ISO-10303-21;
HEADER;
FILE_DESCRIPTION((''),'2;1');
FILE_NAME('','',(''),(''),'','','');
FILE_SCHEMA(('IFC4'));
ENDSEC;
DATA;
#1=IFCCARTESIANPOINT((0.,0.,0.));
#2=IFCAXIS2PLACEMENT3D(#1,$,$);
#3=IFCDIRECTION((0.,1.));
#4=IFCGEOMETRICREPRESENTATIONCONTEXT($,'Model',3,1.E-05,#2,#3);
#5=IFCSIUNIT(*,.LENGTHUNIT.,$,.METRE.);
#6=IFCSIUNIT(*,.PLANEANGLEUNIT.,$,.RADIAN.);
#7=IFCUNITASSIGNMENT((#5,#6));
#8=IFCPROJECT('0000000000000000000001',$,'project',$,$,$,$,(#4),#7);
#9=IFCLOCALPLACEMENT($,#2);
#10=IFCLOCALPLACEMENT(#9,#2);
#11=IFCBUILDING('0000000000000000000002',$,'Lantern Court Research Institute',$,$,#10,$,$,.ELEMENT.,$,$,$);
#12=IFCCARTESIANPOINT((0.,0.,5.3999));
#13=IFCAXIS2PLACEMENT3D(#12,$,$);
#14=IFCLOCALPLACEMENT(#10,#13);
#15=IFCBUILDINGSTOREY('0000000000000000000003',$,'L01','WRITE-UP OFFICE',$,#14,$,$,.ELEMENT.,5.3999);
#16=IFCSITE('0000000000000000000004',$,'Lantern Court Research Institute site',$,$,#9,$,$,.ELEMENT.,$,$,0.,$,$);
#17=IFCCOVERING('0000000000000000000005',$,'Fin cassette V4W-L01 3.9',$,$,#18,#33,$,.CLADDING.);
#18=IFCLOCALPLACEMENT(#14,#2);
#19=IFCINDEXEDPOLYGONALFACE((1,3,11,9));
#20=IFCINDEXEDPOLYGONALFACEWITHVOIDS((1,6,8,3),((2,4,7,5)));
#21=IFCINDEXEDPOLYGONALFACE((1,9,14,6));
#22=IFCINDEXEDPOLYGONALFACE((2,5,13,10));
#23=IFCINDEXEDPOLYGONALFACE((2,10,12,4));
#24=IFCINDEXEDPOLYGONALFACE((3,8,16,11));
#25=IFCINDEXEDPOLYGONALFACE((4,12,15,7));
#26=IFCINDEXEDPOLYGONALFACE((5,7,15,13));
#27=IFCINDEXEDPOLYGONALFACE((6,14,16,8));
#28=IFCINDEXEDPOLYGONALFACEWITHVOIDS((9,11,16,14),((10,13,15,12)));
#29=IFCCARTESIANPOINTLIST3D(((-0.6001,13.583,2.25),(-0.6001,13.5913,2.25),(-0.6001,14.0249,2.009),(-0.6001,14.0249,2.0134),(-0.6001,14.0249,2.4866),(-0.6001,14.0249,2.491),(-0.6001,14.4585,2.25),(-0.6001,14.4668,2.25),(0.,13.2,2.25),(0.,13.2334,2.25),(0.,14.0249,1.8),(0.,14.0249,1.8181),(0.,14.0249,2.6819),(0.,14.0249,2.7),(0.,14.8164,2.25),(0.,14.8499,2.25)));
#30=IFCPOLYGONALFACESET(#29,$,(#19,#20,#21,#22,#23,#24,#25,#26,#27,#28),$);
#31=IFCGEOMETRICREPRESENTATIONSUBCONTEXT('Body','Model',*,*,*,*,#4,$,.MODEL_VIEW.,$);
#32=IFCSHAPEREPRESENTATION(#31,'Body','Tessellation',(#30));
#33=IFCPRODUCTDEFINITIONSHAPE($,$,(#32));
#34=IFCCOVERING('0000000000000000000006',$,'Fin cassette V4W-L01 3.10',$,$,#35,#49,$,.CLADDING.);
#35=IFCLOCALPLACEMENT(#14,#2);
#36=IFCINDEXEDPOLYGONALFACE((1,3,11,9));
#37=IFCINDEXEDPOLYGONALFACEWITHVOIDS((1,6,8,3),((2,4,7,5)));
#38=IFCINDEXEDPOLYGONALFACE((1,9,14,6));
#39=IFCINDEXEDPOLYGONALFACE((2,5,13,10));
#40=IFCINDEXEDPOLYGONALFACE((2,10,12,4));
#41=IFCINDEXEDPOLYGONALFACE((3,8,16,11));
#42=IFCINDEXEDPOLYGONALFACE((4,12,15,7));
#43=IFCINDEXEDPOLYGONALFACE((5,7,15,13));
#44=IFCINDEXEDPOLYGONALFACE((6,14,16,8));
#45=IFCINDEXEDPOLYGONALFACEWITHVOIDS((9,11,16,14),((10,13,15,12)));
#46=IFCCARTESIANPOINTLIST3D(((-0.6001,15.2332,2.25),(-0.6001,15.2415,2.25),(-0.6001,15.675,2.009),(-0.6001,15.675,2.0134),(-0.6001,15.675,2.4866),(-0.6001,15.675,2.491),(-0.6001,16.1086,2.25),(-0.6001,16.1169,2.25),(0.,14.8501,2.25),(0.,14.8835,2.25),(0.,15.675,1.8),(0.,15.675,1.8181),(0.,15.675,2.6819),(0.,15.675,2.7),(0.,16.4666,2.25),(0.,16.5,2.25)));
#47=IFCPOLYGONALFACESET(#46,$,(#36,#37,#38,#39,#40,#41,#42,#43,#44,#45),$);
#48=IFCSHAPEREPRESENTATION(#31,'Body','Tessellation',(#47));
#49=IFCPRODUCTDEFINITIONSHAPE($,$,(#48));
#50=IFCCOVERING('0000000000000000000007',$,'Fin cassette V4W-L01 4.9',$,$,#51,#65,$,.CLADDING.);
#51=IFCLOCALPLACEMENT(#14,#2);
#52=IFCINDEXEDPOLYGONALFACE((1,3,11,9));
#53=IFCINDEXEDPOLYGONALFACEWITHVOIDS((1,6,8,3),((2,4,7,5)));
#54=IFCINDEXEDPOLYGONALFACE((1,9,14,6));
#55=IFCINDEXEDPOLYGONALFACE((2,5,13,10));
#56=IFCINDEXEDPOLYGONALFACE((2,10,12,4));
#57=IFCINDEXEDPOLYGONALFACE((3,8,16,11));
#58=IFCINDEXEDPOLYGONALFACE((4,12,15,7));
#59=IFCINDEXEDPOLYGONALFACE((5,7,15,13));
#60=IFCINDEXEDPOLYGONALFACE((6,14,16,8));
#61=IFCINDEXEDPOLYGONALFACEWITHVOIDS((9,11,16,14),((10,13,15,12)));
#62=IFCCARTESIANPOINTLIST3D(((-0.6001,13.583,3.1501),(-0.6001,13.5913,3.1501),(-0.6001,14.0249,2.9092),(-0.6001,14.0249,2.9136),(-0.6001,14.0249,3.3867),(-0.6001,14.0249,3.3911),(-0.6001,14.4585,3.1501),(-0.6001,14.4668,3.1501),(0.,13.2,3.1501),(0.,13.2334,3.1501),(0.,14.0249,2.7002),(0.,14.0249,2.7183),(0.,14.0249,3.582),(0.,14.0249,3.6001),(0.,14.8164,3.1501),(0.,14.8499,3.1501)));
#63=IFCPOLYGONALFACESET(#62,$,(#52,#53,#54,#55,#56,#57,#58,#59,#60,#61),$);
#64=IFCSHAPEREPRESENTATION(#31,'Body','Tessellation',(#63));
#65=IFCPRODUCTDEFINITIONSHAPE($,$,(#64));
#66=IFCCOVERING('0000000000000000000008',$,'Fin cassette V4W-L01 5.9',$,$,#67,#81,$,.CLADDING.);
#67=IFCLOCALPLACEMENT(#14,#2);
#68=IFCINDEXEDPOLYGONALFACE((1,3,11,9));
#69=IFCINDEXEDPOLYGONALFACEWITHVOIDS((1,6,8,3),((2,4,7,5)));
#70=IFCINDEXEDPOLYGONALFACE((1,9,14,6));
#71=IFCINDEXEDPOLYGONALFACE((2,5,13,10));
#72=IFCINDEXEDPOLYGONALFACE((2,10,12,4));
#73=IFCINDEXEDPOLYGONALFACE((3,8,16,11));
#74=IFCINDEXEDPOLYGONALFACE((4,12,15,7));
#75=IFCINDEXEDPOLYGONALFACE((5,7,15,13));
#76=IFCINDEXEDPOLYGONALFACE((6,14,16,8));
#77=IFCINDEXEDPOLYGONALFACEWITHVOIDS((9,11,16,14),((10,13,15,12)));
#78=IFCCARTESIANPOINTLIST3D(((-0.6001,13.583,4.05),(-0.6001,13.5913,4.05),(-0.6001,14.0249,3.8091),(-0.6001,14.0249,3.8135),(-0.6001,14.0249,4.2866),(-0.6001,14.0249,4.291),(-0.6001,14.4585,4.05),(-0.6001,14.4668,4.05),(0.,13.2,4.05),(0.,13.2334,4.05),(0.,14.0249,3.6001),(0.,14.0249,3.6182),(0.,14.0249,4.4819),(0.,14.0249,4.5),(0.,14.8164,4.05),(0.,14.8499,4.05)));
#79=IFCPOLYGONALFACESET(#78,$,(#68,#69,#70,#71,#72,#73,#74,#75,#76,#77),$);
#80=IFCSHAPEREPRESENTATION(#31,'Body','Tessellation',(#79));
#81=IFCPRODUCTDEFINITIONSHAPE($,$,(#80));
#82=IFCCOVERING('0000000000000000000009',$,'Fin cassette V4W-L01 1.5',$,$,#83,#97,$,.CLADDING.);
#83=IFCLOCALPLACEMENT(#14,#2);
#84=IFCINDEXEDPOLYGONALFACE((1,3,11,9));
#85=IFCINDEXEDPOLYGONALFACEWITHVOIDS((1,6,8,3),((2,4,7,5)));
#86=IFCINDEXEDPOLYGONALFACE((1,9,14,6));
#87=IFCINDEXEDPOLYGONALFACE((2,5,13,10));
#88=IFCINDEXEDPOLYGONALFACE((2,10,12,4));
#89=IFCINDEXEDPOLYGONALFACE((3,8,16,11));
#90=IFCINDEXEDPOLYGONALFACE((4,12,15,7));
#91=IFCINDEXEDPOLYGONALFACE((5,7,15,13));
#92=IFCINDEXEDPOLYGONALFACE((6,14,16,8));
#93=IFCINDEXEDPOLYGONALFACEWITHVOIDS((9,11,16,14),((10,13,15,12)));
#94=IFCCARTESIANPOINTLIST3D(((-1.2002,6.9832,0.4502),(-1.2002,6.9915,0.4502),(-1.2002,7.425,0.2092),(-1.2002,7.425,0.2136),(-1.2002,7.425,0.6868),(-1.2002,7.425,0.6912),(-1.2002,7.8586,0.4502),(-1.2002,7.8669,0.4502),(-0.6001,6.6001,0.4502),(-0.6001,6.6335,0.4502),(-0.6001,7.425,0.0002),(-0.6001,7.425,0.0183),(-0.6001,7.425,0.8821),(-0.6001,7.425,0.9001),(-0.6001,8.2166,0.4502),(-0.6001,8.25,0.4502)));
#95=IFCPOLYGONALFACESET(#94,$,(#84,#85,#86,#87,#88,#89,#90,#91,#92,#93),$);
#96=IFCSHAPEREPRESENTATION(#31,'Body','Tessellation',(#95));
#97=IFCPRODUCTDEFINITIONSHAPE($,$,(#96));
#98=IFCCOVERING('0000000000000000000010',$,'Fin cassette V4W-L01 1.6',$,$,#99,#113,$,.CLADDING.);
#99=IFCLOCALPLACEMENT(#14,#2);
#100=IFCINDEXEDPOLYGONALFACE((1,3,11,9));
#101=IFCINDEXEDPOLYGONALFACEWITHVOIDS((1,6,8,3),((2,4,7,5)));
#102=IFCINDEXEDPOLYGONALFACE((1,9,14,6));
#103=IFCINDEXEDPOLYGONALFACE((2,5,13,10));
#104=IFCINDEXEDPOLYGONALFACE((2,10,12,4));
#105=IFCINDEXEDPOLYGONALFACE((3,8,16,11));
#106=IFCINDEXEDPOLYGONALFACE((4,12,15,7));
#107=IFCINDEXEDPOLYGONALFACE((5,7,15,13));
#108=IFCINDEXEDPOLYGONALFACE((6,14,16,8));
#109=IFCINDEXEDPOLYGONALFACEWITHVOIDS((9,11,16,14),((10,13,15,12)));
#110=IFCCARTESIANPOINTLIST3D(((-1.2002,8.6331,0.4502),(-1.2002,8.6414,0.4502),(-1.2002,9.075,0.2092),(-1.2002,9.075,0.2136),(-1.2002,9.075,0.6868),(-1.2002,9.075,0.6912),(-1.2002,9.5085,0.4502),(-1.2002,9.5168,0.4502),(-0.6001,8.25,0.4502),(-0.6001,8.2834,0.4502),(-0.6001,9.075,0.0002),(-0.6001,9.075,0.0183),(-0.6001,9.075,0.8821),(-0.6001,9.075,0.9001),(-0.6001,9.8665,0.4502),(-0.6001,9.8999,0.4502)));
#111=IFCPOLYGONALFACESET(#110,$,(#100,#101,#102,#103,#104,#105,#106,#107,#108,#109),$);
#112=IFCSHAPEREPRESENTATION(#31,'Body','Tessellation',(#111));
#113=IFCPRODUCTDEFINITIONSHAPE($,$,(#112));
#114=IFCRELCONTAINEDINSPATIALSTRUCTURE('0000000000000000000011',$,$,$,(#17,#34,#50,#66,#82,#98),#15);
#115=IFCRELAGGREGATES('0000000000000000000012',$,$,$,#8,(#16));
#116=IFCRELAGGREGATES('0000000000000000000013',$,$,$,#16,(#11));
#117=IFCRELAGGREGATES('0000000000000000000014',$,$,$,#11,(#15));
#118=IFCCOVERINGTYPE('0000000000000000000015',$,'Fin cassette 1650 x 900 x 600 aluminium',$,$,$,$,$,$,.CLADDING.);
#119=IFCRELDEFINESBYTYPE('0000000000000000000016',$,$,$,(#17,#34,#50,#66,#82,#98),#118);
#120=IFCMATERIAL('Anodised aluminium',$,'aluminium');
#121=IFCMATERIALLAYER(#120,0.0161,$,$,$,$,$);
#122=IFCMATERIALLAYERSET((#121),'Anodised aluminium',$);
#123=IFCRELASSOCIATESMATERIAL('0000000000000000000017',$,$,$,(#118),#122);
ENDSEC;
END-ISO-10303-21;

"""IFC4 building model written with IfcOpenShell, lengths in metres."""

from ifc_helpers import new_model, entity, si_unit, direction, frame, origin, place, context, subcontext, project, spatial, material, layer, layer_set, type_object, element, save


model = new_model("IFC4")

# Units and contexts
model_context = context("Model", 3, precision=1e-05, world=origin(), true_north=direction((0.0, 1.0)))
body_context = subcontext(model_context, "Body", "Model", "MODEL_VIEW")
ifc_project = project(units=[si_unit("LENGTHUNIT", "METRE"), si_unit("PLANEANGLEUNIT", "RADIAN")], contexts=[model_context])

# Site, building, storey
site_placement = place(None, origin())
site = spatial("IfcSite", under=ifc_project, at=site_placement, Name="Lantern Court Research Institute site", CompositionType="ELEMENT", RefElevation=0.0)
building_placement = place(site_placement, origin())
building = spatial("IfcBuilding", under=site, at=building_placement, Name="Lantern Court Research Institute", CompositionType="ELEMENT")
storey_placement = place(building_placement, frame((0.0, 0.0, 5.3999)))
storey = spatial("IfcBuildingStorey", under=building, at=storey_placement, Name="L01", Description="WRITE-UP OFFICE", CompositionType="ELEMENT", Elevation=5.3999)

# Coverings
ifc_material_1 = material(Name="Anodised aluminium", Category="aluminium")
ifc_layer_1 = layer(ifc_material_1, 0.0161)
ifc_layer_set_1 = layer_set([ifc_layer_1], Name="Anodised aluminium")
covering_type = type_object("IfcCoveringType", Name="Fin cassette 1650 x 900 x 600 aluminium", PredefinedType="CLADDING", material=ifc_layer_set_1)
covering_1_placement = place(storey_placement, frame((0.0, 14.0249, 2.25), z_axis=(-1.0, 0.0, 0.0), x_axis=(0.0, -1.0, 0.0)))
cartesian_point_1 = entity("IfcCartesianPoint", [0.825, 0.0])
cartesian_point_2 = entity("IfcCartesianPoint", [0.7915, 0.0])
cartesian_point_3 = entity("IfcCartesianPoint", [0.4419, 0.0])
cartesian_point_4 = entity("IfcCartesianPoint", [0.4336, 0.0])
element("IfcCovering", 1, at=covering_1_placement, inside=storey, type_object=covering_type, Name="Fin cassette V4W-L01 3.9", PredefinedType="CLADDING", context=body_context, shape_type="SweptSolid", body=[
    entity("IfcExtrudedAreaSolidTapered", entity("IfcArbitraryProfileDefWithVoids", "AREA", None, entity("IfcPolyline", [cartesian_point_1, entity("IfcCartesianPoint", [0.0, 0.45]), entity("IfcCartesianPoint", [-0.825, 0.0]), entity("IfcCartesianPoint", [0.0, -0.45]), cartesian_point_1]), [entity("IfcPolyline", [cartesian_point_2, entity("IfcCartesianPoint", [0.0, 0.4319]), entity("IfcCartesianPoint", [-0.7915, 0.0]), entity("IfcCartesianPoint", [0.0, -0.4319]), cartesian_point_2])]), entity("IfcAxis2Placement3D", entity("IfcCartesianPoint", [0.0, 0.0, 0.0])), entity("IfcDirection", [0.0, 0.0, 1.0]), 0.6001, entity("IfcArbitraryProfileDefWithVoids", "AREA", None, entity("IfcPolyline", [cartesian_point_3, entity("IfcCartesianPoint", [0.0, 0.241]), entity("IfcCartesianPoint", [-0.4419, 0.0]), entity("IfcCartesianPoint", [0.0, -0.241]), cartesian_point_3]), [entity("IfcPolyline", [cartesian_point_4, entity("IfcCartesianPoint", [0.0, 0.2366]), entity("IfcCartesianPoint", [-0.4336, 0.0]), entity("IfcCartesianPoint", [0.0, -0.2366]), cartesian_point_4])])),
])
covering_2_placement = place(storey_placement, frame((0.0, 15.675, 2.25), z_axis=(-1.0, 0.0, 0.0), x_axis=(0.0, -1.0, 0.0)))
cartesian_point_5 = entity("IfcCartesianPoint", [0.825, 0.0])
cartesian_point_6 = entity("IfcCartesianPoint", [0.7915, 0.0])
cartesian_point_7 = entity("IfcCartesianPoint", [0.4419, 0.0])
cartesian_point_8 = entity("IfcCartesianPoint", [0.4336, 0.0])
element("IfcCovering", 2, at=covering_2_placement, inside=storey, type_object=covering_type, Name="Fin cassette V4W-L01 3.10", PredefinedType="CLADDING", context=body_context, shape_type="SweptSolid", body=[
    entity("IfcExtrudedAreaSolidTapered", entity("IfcArbitraryProfileDefWithVoids", "AREA", None, entity("IfcPolyline", [cartesian_point_5, entity("IfcCartesianPoint", [0.0, 0.45]), entity("IfcCartesianPoint", [-0.825, 0.0]), entity("IfcCartesianPoint", [0.0, -0.45]), cartesian_point_5]), [entity("IfcPolyline", [cartesian_point_6, entity("IfcCartesianPoint", [0.0, 0.4319]), entity("IfcCartesianPoint", [-0.7915, 0.0]), entity("IfcCartesianPoint", [0.0, -0.4319]), cartesian_point_6])]), entity("IfcAxis2Placement3D", entity("IfcCartesianPoint", [0.0, 0.0, 0.0])), entity("IfcDirection", [0.0, 0.0, 1.0]), 0.6001, entity("IfcArbitraryProfileDefWithVoids", "AREA", None, entity("IfcPolyline", [cartesian_point_7, entity("IfcCartesianPoint", [0.0, 0.241]), entity("IfcCartesianPoint", [-0.4419, 0.0]), entity("IfcCartesianPoint", [0.0, -0.241]), cartesian_point_7]), [entity("IfcPolyline", [cartesian_point_8, entity("IfcCartesianPoint", [0.0, 0.2366]), entity("IfcCartesianPoint", [-0.4336, 0.0]), entity("IfcCartesianPoint", [0.0, -0.2366]), cartesian_point_8])])),
])
covering_3_placement = place(storey_placement, frame((0.0, 14.0249, 3.1501), z_axis=(-1.0, 0.0, 0.0), x_axis=(0.0, -1.0, 0.0)))
cartesian_point_9 = entity("IfcCartesianPoint", [0.825, 0.0])
cartesian_point_10 = entity("IfcCartesianPoint", [0.7915, 0.0])
cartesian_point_11 = entity("IfcCartesianPoint", [0.4419, 0.0])
cartesian_point_12 = entity("IfcCartesianPoint", [0.4336, 0.0])
element("IfcCovering", 3, at=covering_3_placement, inside=storey, type_object=covering_type, Name="Fin cassette V4W-L01 4.9", PredefinedType="CLADDING", context=body_context, shape_type="SweptSolid", body=[
    entity("IfcExtrudedAreaSolidTapered", entity("IfcArbitraryProfileDefWithVoids", "AREA", None, entity("IfcPolyline", [cartesian_point_9, entity("IfcCartesianPoint", [0.0, 0.45]), entity("IfcCartesianPoint", [-0.825, 0.0]), entity("IfcCartesianPoint", [0.0, -0.45]), cartesian_point_9]), [entity("IfcPolyline", [cartesian_point_10, entity("IfcCartesianPoint", [0.0, 0.4319]), entity("IfcCartesianPoint", [-0.7915, 0.0]), entity("IfcCartesianPoint", [0.0, -0.4319]), cartesian_point_10])]), entity("IfcAxis2Placement3D", entity("IfcCartesianPoint", [0.0, 0.0, 0.0])), entity("IfcDirection", [0.0, 0.0, 1.0]), 0.6001, entity("IfcArbitraryProfileDefWithVoids", "AREA", None, entity("IfcPolyline", [cartesian_point_11, entity("IfcCartesianPoint", [0.0, 0.241]), entity("IfcCartesianPoint", [-0.4419, 0.0]), entity("IfcCartesianPoint", [0.0, -0.241]), cartesian_point_11]), [entity("IfcPolyline", [cartesian_point_12, entity("IfcCartesianPoint", [0.0, 0.2366]), entity("IfcCartesianPoint", [-0.4336, 0.0]), entity("IfcCartesianPoint", [0.0, -0.2366]), cartesian_point_12])])),
])
covering_4_placement = place(storey_placement, frame((0.0, 14.0249, 4.05), z_axis=(-1.0, 0.0, 0.0), x_axis=(0.0, -1.0, 0.0)))
cartesian_point_13 = entity("IfcCartesianPoint", [0.825, 0.0])
cartesian_point_14 = entity("IfcCartesianPoint", [0.7915, 0.0])
cartesian_point_15 = entity("IfcCartesianPoint", [0.4419, 0.0])
cartesian_point_16 = entity("IfcCartesianPoint", [0.4336, 0.0])
element("IfcCovering", 4, at=covering_4_placement, inside=storey, type_object=covering_type, Name="Fin cassette V4W-L01 5.9", PredefinedType="CLADDING", context=body_context, shape_type="SweptSolid", body=[
    entity("IfcExtrudedAreaSolidTapered", entity("IfcArbitraryProfileDefWithVoids", "AREA", None, entity("IfcPolyline", [cartesian_point_13, entity("IfcCartesianPoint", [0.0, 0.45]), entity("IfcCartesianPoint", [-0.825, 0.0]), entity("IfcCartesianPoint", [0.0, -0.45]), cartesian_point_13]), [entity("IfcPolyline", [cartesian_point_14, entity("IfcCartesianPoint", [0.0, 0.4319]), entity("IfcCartesianPoint", [-0.7915, 0.0]), entity("IfcCartesianPoint", [0.0, -0.4319]), cartesian_point_14])]), entity("IfcAxis2Placement3D", entity("IfcCartesianPoint", [0.0, 0.0, 0.0])), entity("IfcDirection", [0.0, 0.0, 1.0]), 0.6001, entity("IfcArbitraryProfileDefWithVoids", "AREA", None, entity("IfcPolyline", [cartesian_point_15, entity("IfcCartesianPoint", [0.0, 0.241]), entity("IfcCartesianPoint", [-0.4419, 0.0]), entity("IfcCartesianPoint", [0.0, -0.241]), cartesian_point_15]), [entity("IfcPolyline", [cartesian_point_16, entity("IfcCartesianPoint", [0.0, 0.2366]), entity("IfcCartesianPoint", [-0.4336, 0.0]), entity("IfcCartesianPoint", [0.0, -0.2366]), cartesian_point_16])])),
])
covering_5_placement = place(storey_placement, frame((-0.6001, 7.425, 0.4502), z_axis=(-1.0, 0.0, 0.0), x_axis=(0.0, -1.0, 0.0)))
cartesian_point_17 = entity("IfcCartesianPoint", [0.825, 0.0])
cartesian_point_18 = entity("IfcCartesianPoint", [0.7915, 0.0])
cartesian_point_19 = entity("IfcCartesianPoint", [0.4419, 0.0])
cartesian_point_20 = entity("IfcCartesianPoint", [0.4336, 0.0])
element("IfcCovering", 5, at=covering_5_placement, inside=storey, type_object=covering_type, Name="Fin cassette V4W-L01 1.5", PredefinedType="CLADDING", context=body_context, shape_type="SweptSolid", body=[
    entity("IfcExtrudedAreaSolidTapered", entity("IfcArbitraryProfileDefWithVoids", "AREA", None, entity("IfcPolyline", [cartesian_point_17, entity("IfcCartesianPoint", [0.0, 0.45]), entity("IfcCartesianPoint", [-0.825, 0.0]), entity("IfcCartesianPoint", [0.0, -0.45]), cartesian_point_17]), [entity("IfcPolyline", [cartesian_point_18, entity("IfcCartesianPoint", [0.0, 0.4319]), entity("IfcCartesianPoint", [-0.7915, 0.0]), entity("IfcCartesianPoint", [0.0, -0.4319]), cartesian_point_18])]), entity("IfcAxis2Placement3D", entity("IfcCartesianPoint", [0.0, 0.0, 0.0])), entity("IfcDirection", [0.0, 0.0, 1.0]), 0.6001, entity("IfcArbitraryProfileDefWithVoids", "AREA", None, entity("IfcPolyline", [cartesian_point_19, entity("IfcCartesianPoint", [0.0, 0.241]), entity("IfcCartesianPoint", [-0.4419, 0.0]), entity("IfcCartesianPoint", [0.0, -0.241]), cartesian_point_19]), [entity("IfcPolyline", [cartesian_point_20, entity("IfcCartesianPoint", [0.0, 0.2366]), entity("IfcCartesianPoint", [-0.4336, 0.0]), entity("IfcCartesianPoint", [0.0, -0.2366]), cartesian_point_20])])),
])
covering_6_placement = place(storey_placement, frame((-0.6001, 9.075, 0.4502), z_axis=(-1.0, 0.0, 0.0), x_axis=(0.0, -1.0, 0.0)))
cartesian_point_21 = entity("IfcCartesianPoint", [0.825, 0.0])
cartesian_point_22 = entity("IfcCartesianPoint", [0.7915, 0.0])
cartesian_point_23 = entity("IfcCartesianPoint", [0.4419, 0.0])
cartesian_point_24 = entity("IfcCartesianPoint", [0.4336, 0.0])
element("IfcCovering", 6, at=covering_6_placement, inside=storey, type_object=covering_type, Name="Fin cassette V4W-L01 1.6", PredefinedType="CLADDING", context=body_context, shape_type="SweptSolid", body=[
    entity("IfcExtrudedAreaSolidTapered", entity("IfcArbitraryProfileDefWithVoids", "AREA", None, entity("IfcPolyline", [cartesian_point_21, entity("IfcCartesianPoint", [0.0, 0.45]), entity("IfcCartesianPoint", [-0.825, 0.0]), entity("IfcCartesianPoint", [0.0, -0.45]), cartesian_point_21]), [entity("IfcPolyline", [cartesian_point_22, entity("IfcCartesianPoint", [0.0, 0.4319]), entity("IfcCartesianPoint", [-0.7915, 0.0]), entity("IfcCartesianPoint", [0.0, -0.4319]), cartesian_point_22])]), entity("IfcAxis2Placement3D", entity("IfcCartesianPoint", [0.0, 0.0, 0.0])), entity("IfcDirection", [0.0, 0.0, 1.0]), 0.6001, entity("IfcArbitraryProfileDefWithVoids", "AREA", None, entity("IfcPolyline", [cartesian_point_23, entity("IfcCartesianPoint", [0.0, 0.241]), entity("IfcCartesianPoint", [-0.4419, 0.0]), entity("IfcCartesianPoint", [0.0, -0.241]), cartesian_point_23]), [entity("IfcPolyline", [cartesian_point_24, entity("IfcCartesianPoint", [0.0, 0.2366]), entity("IfcCartesianPoint", [-0.4336, 0.0]), entity("IfcCartesianPoint", [0.0, -0.2366]), cartesian_point_24])])),
])

save(model, "model.ifc")
